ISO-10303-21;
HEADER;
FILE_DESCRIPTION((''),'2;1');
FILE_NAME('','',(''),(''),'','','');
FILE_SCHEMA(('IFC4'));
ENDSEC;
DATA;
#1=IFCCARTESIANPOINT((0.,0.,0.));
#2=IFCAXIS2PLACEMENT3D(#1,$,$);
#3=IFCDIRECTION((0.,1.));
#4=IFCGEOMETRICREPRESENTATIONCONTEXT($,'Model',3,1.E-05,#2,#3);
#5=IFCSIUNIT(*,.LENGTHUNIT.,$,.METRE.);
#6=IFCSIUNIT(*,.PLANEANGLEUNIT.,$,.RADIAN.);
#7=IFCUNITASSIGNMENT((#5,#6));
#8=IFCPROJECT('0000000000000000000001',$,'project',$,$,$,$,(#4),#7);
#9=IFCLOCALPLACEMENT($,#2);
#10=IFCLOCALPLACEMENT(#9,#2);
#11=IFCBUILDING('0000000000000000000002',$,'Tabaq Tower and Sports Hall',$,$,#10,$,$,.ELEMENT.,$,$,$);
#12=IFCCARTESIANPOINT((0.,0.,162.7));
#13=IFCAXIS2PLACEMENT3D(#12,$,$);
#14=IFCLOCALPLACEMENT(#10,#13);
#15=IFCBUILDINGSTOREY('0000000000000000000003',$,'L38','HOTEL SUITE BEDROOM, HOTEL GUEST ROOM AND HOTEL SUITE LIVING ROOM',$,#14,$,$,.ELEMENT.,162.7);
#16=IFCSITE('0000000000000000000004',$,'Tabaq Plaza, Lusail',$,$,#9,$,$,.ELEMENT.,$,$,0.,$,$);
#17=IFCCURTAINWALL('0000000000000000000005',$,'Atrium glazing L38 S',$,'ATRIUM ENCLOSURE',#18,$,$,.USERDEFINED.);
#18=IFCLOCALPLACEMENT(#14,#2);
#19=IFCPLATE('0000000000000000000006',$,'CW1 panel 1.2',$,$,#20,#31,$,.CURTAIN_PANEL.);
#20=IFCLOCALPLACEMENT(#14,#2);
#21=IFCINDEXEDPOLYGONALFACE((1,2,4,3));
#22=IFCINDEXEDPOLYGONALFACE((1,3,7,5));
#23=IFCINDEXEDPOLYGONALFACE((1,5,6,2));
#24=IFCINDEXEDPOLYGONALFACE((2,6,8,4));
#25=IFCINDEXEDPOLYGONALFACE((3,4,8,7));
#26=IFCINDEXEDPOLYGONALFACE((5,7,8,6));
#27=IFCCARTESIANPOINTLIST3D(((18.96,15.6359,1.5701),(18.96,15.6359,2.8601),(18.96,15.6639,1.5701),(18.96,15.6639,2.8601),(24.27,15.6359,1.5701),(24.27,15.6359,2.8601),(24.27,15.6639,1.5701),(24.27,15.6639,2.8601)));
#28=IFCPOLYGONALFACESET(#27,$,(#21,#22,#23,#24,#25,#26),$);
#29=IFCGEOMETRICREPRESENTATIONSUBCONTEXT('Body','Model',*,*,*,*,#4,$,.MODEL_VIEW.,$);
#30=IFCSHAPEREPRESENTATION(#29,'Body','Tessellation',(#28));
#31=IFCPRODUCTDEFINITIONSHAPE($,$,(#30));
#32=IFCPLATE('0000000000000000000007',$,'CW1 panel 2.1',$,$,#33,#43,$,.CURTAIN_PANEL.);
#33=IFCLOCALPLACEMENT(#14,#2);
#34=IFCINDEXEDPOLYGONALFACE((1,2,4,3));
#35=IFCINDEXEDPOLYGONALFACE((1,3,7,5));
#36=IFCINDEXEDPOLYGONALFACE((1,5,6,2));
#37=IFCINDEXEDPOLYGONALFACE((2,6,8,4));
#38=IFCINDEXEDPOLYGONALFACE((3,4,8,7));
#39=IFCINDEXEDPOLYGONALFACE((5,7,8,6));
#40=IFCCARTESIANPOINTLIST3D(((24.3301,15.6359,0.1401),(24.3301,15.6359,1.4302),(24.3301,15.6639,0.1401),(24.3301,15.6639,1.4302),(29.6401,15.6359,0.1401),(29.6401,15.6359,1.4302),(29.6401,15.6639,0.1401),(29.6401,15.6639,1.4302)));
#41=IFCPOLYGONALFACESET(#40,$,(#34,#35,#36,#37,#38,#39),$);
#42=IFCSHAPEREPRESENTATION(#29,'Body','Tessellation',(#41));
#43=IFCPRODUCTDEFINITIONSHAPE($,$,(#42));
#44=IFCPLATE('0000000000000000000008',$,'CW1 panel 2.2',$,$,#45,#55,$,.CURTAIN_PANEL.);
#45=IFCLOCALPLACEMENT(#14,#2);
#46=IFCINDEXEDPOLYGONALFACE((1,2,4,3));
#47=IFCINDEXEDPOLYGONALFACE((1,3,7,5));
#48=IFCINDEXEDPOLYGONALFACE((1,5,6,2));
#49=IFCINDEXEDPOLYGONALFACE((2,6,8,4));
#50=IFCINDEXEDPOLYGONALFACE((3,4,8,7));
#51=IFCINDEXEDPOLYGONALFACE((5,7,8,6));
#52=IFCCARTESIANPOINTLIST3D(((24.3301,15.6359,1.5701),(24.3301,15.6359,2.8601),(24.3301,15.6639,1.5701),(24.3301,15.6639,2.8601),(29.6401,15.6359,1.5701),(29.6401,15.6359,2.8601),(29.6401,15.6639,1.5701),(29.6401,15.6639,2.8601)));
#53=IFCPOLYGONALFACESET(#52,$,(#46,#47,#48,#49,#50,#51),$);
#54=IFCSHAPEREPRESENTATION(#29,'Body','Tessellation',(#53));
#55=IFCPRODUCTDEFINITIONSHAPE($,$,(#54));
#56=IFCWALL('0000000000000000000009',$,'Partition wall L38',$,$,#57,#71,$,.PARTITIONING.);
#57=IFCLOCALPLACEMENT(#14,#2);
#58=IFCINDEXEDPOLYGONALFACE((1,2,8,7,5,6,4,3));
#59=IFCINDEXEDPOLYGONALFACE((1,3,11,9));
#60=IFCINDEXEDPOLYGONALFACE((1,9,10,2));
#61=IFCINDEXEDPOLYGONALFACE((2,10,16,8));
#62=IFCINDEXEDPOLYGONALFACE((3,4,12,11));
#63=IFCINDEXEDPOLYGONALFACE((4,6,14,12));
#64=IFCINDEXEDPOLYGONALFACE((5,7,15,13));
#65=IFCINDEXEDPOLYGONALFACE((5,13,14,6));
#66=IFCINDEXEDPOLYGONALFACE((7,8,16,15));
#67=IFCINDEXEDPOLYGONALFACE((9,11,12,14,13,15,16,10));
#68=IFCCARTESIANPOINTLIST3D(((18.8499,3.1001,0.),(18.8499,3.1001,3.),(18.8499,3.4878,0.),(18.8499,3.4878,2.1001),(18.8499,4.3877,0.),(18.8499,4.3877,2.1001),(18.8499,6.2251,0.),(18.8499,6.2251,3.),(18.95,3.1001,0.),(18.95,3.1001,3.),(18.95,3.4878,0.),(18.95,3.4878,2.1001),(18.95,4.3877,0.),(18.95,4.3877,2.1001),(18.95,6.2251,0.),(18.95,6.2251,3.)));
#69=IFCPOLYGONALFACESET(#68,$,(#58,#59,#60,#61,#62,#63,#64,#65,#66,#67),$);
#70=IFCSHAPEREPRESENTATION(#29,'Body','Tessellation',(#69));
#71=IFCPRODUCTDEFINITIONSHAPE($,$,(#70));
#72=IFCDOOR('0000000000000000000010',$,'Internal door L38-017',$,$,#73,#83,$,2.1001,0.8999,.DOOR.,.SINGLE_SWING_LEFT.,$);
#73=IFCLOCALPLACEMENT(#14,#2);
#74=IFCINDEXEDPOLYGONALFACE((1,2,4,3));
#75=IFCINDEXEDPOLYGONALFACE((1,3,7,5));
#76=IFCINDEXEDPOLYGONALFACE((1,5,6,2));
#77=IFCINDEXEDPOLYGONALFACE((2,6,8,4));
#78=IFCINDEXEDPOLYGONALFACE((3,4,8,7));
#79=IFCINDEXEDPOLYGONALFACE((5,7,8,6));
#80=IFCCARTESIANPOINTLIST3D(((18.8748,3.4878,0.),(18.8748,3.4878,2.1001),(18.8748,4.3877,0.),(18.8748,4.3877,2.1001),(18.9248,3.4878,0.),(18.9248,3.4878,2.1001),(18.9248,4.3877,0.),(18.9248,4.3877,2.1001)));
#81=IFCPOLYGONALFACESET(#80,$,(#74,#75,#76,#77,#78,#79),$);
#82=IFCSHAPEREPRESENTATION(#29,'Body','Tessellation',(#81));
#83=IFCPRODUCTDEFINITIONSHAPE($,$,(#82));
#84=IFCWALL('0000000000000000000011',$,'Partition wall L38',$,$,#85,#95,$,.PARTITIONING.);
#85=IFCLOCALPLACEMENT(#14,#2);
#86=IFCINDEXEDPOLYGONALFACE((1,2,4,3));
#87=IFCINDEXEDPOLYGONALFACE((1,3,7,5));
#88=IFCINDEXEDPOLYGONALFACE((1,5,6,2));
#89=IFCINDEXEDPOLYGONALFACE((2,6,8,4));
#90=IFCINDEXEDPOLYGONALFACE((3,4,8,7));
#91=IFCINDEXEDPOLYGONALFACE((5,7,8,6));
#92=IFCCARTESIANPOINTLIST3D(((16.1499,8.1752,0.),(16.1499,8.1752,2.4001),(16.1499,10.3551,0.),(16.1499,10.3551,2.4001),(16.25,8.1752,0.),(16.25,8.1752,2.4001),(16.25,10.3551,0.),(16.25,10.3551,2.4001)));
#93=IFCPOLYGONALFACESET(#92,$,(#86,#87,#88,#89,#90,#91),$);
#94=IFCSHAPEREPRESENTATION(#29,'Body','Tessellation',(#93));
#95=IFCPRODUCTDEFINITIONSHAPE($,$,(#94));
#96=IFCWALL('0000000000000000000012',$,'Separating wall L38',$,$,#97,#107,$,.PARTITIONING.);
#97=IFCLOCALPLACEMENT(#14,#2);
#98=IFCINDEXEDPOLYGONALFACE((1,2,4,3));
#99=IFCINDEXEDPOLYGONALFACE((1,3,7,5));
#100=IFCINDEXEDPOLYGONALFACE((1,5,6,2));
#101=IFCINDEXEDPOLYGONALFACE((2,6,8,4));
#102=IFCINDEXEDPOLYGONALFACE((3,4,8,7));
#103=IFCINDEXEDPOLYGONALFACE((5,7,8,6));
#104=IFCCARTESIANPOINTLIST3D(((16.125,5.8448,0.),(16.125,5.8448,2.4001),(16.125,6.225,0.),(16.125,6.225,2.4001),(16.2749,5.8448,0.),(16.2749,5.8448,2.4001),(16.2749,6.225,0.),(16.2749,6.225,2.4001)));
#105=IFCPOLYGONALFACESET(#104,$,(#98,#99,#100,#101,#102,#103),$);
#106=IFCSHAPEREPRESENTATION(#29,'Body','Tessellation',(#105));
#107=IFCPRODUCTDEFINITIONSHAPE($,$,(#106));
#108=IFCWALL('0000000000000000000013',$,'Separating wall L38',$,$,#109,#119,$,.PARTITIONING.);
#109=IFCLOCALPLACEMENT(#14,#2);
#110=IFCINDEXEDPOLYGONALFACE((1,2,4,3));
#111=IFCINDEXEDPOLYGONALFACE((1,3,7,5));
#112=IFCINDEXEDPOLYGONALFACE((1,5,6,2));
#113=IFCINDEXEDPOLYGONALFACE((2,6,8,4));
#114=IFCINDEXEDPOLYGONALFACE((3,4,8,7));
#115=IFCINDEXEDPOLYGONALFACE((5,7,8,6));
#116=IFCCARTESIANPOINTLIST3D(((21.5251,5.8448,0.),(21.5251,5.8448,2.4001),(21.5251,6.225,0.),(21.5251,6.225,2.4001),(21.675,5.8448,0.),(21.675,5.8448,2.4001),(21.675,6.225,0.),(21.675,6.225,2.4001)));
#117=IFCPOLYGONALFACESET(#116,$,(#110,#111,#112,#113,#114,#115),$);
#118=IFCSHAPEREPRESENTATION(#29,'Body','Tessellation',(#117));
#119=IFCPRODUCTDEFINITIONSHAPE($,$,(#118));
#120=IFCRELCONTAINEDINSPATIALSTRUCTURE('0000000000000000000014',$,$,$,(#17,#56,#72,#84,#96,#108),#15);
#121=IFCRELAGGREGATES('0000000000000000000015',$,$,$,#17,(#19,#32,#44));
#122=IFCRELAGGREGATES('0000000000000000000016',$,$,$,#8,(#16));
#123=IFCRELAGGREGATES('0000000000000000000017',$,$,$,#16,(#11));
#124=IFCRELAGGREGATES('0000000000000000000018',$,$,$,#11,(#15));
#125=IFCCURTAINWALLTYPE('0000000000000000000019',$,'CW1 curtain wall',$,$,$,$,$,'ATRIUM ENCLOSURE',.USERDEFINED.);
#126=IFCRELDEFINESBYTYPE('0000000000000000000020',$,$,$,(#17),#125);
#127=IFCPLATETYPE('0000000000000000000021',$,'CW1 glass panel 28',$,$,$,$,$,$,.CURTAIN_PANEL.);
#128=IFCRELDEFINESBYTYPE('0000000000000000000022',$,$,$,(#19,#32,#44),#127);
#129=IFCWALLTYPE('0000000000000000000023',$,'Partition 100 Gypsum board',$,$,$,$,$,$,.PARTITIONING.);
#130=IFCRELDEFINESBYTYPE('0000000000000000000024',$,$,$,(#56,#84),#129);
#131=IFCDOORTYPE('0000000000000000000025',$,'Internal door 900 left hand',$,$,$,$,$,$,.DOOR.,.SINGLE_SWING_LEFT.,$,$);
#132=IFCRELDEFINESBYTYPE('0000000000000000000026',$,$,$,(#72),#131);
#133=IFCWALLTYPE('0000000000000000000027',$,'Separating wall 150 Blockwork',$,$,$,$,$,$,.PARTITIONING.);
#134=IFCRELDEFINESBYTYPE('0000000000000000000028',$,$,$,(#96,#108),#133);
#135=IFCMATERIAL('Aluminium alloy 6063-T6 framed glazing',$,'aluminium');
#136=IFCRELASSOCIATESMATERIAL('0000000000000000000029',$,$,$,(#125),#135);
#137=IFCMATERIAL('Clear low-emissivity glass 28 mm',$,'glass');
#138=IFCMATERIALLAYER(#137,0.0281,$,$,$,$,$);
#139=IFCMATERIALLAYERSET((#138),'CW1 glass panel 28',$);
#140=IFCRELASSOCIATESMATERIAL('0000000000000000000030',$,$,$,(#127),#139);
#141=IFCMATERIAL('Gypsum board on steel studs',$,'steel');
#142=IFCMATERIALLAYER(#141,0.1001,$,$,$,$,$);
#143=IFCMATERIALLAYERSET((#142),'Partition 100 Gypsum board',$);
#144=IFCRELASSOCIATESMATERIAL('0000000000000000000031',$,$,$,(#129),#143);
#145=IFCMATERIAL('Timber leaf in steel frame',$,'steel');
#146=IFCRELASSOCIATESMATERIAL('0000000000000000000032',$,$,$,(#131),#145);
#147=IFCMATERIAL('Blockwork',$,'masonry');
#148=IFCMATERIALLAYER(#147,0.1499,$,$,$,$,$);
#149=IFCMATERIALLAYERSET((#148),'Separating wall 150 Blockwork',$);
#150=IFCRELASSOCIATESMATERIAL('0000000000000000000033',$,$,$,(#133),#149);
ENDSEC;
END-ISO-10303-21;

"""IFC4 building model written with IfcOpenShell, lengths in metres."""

from ifc_helpers import new_model, si_unit, direction, frame, frame_2d, origin, origin_2d, place, context, subcontext, project, spatial, rectangle, extrude, material, layer, layer_set, type_object, element, fill, aggregate, save


model = new_model("IFC4")

# Units and contexts
model_context = context("Model", 3, precision=1e-05, world=origin(), true_north=direction((0.0, 1.0)))
body_context = subcontext(model_context, "Body", "Model", "MODEL_VIEW")
ifc_project = project(units=[si_unit("LENGTHUNIT", "METRE"), si_unit("PLANEANGLEUNIT", "RADIAN")], contexts=[model_context])

# Site, building, storey
site_placement = place(None, origin())
site = spatial("IfcSite", under=ifc_project, at=site_placement, Name="Tabaq Plaza, Lusail", CompositionType="ELEMENT", RefElevation=0.0)
building_placement = place(site_placement, origin())
building = spatial("IfcBuilding", under=site, at=building_placement, Name="Tabaq Tower and Sports Hall", CompositionType="ELEMENT")
storey_placement = place(building_placement, frame((0.0, 0.0, 162.7)))
storey = spatial("IfcBuildingStorey", under=building, at=storey_placement, Name="L38", Description="HOTEL SUITE BEDROOM, HOTEL GUEST ROOM AND HOTEL SUITE LIVING ROOM", CompositionType="ELEMENT", Elevation=162.7)

# Curtain wall
ifc_material_1 = material(Name="Aluminium alloy 6063-T6 framed glazing", Category="aluminium")
curtain_wall_type = type_object("IfcCurtainWallType", Name="CW1 curtain wall", ElementType="ATRIUM ENCLOSURE", PredefinedType="USERDEFINED", material=ifc_material_1)
curtain_wall_placement = place(storey_placement, origin())
curtain_wall = element("IfcCurtainWall", 1, at=curtain_wall_placement, inside=storey, type_object=curtain_wall_type, Name="Atrium glazing L38 S", ObjectType="ATRIUM ENCLOSURE", PredefinedType="USERDEFINED")

# Plates
ifc_material_2 = material(Name="Clear low-emissivity glass 28 mm", Category="glass")
ifc_layer_1 = layer(ifc_material_2, 0.0281)
ifc_layer_set_1 = layer_set([ifc_layer_1], Name="CW1 glass panel 28")
plate_type = type_object("IfcPlateType", Name="CW1 glass panel 28", PredefinedType="CURTAIN_PANEL", material=ifc_layer_set_1)
plate_1_placement = place(storey_placement, frame((21.615, 15.6499, 1.5701), z_axis=(0.0, 0.0, 1.0), x_axis=(1.0, 0.0, 0.0)))
plate_1 = element("IfcPlate", 2, at=plate_1_placement, type_object=plate_type, Name="CW1 panel 1.2", PredefinedType="CURTAIN_PANEL", context=body_context, shape_type="SweptSolid", body=[
    extrude(rectangle(XDim=5.3101, YDim=0.0281, at=origin_2d()), origin(), (0.0, 0.0, 1.0), 1.29),
])
plate_2_placement = place(storey_placement, frame((26.9851, 15.6499, 0.1401), z_axis=(0.0, 0.0, 1.0), x_axis=(1.0, 0.0, 0.0)))
plate_2 = element("IfcPlate", 3, at=plate_2_placement, type_object=plate_type, Name="CW1 panel 2.1", PredefinedType="CURTAIN_PANEL", context=body_context, shape_type="SweptSolid", body=[
    extrude(rectangle(XDim=5.3101, YDim=0.0281, at=origin_2d()), origin(), (0.0, 0.0, 1.0), 1.29),
])
plate_3_placement = place(storey_placement, frame((26.9851, 15.6499, 1.5701), z_axis=(0.0, 0.0, 1.0), x_axis=(1.0, 0.0, 0.0)))
plate_3 = element("IfcPlate", 4, at=plate_3_placement, type_object=plate_type, Name="CW1 panel 2.2", PredefinedType="CURTAIN_PANEL", context=body_context, shape_type="SweptSolid", body=[
    extrude(rectangle(XDim=5.3101, YDim=0.0281, at=origin_2d()), origin(), (0.0, 0.0, 1.0), 1.29),
])
aggregate(curtain_wall, [plate_1, plate_2, plate_3])

# Wall, opening, door
ifc_material_3 = material(Name="Gypsum board on steel studs", Category="steel")
ifc_layer_2 = layer(ifc_material_3, 0.1001)
ifc_layer_set_2 = layer_set([ifc_layer_2], Name="Partition 100 Gypsum board")
wall_type_1 = type_object("IfcWallType", Name="Partition 100 Gypsum board", PredefinedType="PARTITIONING", material=ifc_layer_set_2)
wall_1_placement = place(storey_placement, frame((18.8999, 6.2251, 0.0), z_axis=(0.0, 0.0, 1.0), x_axis=(0.0, -1.0, 0.0)))
wall_1 = element("IfcWall", 5, at=wall_1_placement, inside=storey, type_object=wall_type_1, Name="Partition wall L38", PredefinedType="PARTITIONING", context=body_context, shape_type="SweptSolid", body=[
    extrude(rectangle(XDim=3.125, YDim=0.1001, at=frame_2d((1.5625, 0.0))), origin(), (0.0, 0.0, 1.0), 3.0),
])
opening_placement = place(wall_1_placement, frame((1.8374, 0.0, 0.0)))
opening = element("IfcOpeningElement", 6, at=opening_placement, cuts=wall_1, PredefinedType="OPENING", context=body_context, shape_type="SweptSolid", body=[
    extrude(rectangle(XDim=0.8999, YDim=2.1001, at=frame_2d((0.45, 1.05))), frame((0.0, 0.05, 0.0), z_axis=(0.0, -1.0, 0.0), x_axis=(1.0, 0.0, 0.0)), (0.0, 0.0, 1.0), 0.1001),
])
ifc_material_4 = material(Name="Timber leaf in steel frame", Category="steel")
door_type = type_object("IfcDoorType", Name="Internal door 900 left hand", OperationType="SINGLE_SWING_LEFT", PredefinedType="DOOR", material=ifc_material_4)
door_placement = place(opening_placement, origin())
door = element("IfcDoor", 7, at=door_placement, inside=storey, type_object=door_type, Name="Internal door L38-017", OperationType="SINGLE_SWING_LEFT", OverallHeight=2.1001, OverallWidth=0.8999, PredefinedType="DOOR", context=body_context, shape_type="SweptSolid", body=[
    extrude(rectangle(XDim=0.8999, YDim=2.1001, at=frame_2d((0.45, 1.05))), frame((0.0, 0.0249, 0.0), z_axis=(0.0, -1.0, 0.0), x_axis=(1.0, 0.0, 0.0)), (0.0, 0.0, 1.0), 0.05),
])
fill(opening, door)

# Walls
wall_2_placement = place(storey_placement, frame((16.2, 10.355, 0.0), z_axis=(0.0, 0.0, 1.0), x_axis=(0.0, -1.0, 0.0)))
element("IfcWall", 8, at=wall_2_placement, inside=storey, type_object=wall_type_1, Name="Partition wall L38", PredefinedType="PARTITIONING", context=body_context, shape_type="SweptSolid", body=[
    extrude(rectangle(XDim=2.1799, YDim=0.1001, at=frame_2d((1.0898, 0.0))), origin(), (0.0, 0.0, 1.0), 2.4001),
])
ifc_material_5 = material(Name="Blockwork", Category="masonry")
ifc_layer_3 = layer(ifc_material_5, 0.1499)
ifc_layer_set_3 = layer_set([ifc_layer_3], Name="Separating wall 150 Blockwork")
wall_type_2 = type_object("IfcWallType", Name="Separating wall 150 Blockwork", PredefinedType="PARTITIONING", material=ifc_layer_set_3)
for number, where, z_axis, x_axis, name in (
    (9, (16.2, 5.845, 0.0), (0.0, 0.0, 1.0), (0.0, 1.0, 0.0), "Separating wall L38"),
    (10, (21.6001, 5.845, 0.0), (0.0, 0.0, 1.0), (0.0, 1.0, 0.0), "Separating wall L38"),
):
    element("IfcWall", number, at=place(storey_placement, frame(where, z_axis=z_axis, x_axis=x_axis)), inside=storey, type_object=wall_type_2, Name=name, PredefinedType="PARTITIONING", context=body_context, shape_type="SweptSolid", body=[
        extrude(rectangle(XDim=0.3801, YDim=0.1499, at=frame_2d((0.1899, 0.0))), origin(), (0.0, 0.0, 1.0), 2.4001),
    ])

save(model, "model.ifc")
